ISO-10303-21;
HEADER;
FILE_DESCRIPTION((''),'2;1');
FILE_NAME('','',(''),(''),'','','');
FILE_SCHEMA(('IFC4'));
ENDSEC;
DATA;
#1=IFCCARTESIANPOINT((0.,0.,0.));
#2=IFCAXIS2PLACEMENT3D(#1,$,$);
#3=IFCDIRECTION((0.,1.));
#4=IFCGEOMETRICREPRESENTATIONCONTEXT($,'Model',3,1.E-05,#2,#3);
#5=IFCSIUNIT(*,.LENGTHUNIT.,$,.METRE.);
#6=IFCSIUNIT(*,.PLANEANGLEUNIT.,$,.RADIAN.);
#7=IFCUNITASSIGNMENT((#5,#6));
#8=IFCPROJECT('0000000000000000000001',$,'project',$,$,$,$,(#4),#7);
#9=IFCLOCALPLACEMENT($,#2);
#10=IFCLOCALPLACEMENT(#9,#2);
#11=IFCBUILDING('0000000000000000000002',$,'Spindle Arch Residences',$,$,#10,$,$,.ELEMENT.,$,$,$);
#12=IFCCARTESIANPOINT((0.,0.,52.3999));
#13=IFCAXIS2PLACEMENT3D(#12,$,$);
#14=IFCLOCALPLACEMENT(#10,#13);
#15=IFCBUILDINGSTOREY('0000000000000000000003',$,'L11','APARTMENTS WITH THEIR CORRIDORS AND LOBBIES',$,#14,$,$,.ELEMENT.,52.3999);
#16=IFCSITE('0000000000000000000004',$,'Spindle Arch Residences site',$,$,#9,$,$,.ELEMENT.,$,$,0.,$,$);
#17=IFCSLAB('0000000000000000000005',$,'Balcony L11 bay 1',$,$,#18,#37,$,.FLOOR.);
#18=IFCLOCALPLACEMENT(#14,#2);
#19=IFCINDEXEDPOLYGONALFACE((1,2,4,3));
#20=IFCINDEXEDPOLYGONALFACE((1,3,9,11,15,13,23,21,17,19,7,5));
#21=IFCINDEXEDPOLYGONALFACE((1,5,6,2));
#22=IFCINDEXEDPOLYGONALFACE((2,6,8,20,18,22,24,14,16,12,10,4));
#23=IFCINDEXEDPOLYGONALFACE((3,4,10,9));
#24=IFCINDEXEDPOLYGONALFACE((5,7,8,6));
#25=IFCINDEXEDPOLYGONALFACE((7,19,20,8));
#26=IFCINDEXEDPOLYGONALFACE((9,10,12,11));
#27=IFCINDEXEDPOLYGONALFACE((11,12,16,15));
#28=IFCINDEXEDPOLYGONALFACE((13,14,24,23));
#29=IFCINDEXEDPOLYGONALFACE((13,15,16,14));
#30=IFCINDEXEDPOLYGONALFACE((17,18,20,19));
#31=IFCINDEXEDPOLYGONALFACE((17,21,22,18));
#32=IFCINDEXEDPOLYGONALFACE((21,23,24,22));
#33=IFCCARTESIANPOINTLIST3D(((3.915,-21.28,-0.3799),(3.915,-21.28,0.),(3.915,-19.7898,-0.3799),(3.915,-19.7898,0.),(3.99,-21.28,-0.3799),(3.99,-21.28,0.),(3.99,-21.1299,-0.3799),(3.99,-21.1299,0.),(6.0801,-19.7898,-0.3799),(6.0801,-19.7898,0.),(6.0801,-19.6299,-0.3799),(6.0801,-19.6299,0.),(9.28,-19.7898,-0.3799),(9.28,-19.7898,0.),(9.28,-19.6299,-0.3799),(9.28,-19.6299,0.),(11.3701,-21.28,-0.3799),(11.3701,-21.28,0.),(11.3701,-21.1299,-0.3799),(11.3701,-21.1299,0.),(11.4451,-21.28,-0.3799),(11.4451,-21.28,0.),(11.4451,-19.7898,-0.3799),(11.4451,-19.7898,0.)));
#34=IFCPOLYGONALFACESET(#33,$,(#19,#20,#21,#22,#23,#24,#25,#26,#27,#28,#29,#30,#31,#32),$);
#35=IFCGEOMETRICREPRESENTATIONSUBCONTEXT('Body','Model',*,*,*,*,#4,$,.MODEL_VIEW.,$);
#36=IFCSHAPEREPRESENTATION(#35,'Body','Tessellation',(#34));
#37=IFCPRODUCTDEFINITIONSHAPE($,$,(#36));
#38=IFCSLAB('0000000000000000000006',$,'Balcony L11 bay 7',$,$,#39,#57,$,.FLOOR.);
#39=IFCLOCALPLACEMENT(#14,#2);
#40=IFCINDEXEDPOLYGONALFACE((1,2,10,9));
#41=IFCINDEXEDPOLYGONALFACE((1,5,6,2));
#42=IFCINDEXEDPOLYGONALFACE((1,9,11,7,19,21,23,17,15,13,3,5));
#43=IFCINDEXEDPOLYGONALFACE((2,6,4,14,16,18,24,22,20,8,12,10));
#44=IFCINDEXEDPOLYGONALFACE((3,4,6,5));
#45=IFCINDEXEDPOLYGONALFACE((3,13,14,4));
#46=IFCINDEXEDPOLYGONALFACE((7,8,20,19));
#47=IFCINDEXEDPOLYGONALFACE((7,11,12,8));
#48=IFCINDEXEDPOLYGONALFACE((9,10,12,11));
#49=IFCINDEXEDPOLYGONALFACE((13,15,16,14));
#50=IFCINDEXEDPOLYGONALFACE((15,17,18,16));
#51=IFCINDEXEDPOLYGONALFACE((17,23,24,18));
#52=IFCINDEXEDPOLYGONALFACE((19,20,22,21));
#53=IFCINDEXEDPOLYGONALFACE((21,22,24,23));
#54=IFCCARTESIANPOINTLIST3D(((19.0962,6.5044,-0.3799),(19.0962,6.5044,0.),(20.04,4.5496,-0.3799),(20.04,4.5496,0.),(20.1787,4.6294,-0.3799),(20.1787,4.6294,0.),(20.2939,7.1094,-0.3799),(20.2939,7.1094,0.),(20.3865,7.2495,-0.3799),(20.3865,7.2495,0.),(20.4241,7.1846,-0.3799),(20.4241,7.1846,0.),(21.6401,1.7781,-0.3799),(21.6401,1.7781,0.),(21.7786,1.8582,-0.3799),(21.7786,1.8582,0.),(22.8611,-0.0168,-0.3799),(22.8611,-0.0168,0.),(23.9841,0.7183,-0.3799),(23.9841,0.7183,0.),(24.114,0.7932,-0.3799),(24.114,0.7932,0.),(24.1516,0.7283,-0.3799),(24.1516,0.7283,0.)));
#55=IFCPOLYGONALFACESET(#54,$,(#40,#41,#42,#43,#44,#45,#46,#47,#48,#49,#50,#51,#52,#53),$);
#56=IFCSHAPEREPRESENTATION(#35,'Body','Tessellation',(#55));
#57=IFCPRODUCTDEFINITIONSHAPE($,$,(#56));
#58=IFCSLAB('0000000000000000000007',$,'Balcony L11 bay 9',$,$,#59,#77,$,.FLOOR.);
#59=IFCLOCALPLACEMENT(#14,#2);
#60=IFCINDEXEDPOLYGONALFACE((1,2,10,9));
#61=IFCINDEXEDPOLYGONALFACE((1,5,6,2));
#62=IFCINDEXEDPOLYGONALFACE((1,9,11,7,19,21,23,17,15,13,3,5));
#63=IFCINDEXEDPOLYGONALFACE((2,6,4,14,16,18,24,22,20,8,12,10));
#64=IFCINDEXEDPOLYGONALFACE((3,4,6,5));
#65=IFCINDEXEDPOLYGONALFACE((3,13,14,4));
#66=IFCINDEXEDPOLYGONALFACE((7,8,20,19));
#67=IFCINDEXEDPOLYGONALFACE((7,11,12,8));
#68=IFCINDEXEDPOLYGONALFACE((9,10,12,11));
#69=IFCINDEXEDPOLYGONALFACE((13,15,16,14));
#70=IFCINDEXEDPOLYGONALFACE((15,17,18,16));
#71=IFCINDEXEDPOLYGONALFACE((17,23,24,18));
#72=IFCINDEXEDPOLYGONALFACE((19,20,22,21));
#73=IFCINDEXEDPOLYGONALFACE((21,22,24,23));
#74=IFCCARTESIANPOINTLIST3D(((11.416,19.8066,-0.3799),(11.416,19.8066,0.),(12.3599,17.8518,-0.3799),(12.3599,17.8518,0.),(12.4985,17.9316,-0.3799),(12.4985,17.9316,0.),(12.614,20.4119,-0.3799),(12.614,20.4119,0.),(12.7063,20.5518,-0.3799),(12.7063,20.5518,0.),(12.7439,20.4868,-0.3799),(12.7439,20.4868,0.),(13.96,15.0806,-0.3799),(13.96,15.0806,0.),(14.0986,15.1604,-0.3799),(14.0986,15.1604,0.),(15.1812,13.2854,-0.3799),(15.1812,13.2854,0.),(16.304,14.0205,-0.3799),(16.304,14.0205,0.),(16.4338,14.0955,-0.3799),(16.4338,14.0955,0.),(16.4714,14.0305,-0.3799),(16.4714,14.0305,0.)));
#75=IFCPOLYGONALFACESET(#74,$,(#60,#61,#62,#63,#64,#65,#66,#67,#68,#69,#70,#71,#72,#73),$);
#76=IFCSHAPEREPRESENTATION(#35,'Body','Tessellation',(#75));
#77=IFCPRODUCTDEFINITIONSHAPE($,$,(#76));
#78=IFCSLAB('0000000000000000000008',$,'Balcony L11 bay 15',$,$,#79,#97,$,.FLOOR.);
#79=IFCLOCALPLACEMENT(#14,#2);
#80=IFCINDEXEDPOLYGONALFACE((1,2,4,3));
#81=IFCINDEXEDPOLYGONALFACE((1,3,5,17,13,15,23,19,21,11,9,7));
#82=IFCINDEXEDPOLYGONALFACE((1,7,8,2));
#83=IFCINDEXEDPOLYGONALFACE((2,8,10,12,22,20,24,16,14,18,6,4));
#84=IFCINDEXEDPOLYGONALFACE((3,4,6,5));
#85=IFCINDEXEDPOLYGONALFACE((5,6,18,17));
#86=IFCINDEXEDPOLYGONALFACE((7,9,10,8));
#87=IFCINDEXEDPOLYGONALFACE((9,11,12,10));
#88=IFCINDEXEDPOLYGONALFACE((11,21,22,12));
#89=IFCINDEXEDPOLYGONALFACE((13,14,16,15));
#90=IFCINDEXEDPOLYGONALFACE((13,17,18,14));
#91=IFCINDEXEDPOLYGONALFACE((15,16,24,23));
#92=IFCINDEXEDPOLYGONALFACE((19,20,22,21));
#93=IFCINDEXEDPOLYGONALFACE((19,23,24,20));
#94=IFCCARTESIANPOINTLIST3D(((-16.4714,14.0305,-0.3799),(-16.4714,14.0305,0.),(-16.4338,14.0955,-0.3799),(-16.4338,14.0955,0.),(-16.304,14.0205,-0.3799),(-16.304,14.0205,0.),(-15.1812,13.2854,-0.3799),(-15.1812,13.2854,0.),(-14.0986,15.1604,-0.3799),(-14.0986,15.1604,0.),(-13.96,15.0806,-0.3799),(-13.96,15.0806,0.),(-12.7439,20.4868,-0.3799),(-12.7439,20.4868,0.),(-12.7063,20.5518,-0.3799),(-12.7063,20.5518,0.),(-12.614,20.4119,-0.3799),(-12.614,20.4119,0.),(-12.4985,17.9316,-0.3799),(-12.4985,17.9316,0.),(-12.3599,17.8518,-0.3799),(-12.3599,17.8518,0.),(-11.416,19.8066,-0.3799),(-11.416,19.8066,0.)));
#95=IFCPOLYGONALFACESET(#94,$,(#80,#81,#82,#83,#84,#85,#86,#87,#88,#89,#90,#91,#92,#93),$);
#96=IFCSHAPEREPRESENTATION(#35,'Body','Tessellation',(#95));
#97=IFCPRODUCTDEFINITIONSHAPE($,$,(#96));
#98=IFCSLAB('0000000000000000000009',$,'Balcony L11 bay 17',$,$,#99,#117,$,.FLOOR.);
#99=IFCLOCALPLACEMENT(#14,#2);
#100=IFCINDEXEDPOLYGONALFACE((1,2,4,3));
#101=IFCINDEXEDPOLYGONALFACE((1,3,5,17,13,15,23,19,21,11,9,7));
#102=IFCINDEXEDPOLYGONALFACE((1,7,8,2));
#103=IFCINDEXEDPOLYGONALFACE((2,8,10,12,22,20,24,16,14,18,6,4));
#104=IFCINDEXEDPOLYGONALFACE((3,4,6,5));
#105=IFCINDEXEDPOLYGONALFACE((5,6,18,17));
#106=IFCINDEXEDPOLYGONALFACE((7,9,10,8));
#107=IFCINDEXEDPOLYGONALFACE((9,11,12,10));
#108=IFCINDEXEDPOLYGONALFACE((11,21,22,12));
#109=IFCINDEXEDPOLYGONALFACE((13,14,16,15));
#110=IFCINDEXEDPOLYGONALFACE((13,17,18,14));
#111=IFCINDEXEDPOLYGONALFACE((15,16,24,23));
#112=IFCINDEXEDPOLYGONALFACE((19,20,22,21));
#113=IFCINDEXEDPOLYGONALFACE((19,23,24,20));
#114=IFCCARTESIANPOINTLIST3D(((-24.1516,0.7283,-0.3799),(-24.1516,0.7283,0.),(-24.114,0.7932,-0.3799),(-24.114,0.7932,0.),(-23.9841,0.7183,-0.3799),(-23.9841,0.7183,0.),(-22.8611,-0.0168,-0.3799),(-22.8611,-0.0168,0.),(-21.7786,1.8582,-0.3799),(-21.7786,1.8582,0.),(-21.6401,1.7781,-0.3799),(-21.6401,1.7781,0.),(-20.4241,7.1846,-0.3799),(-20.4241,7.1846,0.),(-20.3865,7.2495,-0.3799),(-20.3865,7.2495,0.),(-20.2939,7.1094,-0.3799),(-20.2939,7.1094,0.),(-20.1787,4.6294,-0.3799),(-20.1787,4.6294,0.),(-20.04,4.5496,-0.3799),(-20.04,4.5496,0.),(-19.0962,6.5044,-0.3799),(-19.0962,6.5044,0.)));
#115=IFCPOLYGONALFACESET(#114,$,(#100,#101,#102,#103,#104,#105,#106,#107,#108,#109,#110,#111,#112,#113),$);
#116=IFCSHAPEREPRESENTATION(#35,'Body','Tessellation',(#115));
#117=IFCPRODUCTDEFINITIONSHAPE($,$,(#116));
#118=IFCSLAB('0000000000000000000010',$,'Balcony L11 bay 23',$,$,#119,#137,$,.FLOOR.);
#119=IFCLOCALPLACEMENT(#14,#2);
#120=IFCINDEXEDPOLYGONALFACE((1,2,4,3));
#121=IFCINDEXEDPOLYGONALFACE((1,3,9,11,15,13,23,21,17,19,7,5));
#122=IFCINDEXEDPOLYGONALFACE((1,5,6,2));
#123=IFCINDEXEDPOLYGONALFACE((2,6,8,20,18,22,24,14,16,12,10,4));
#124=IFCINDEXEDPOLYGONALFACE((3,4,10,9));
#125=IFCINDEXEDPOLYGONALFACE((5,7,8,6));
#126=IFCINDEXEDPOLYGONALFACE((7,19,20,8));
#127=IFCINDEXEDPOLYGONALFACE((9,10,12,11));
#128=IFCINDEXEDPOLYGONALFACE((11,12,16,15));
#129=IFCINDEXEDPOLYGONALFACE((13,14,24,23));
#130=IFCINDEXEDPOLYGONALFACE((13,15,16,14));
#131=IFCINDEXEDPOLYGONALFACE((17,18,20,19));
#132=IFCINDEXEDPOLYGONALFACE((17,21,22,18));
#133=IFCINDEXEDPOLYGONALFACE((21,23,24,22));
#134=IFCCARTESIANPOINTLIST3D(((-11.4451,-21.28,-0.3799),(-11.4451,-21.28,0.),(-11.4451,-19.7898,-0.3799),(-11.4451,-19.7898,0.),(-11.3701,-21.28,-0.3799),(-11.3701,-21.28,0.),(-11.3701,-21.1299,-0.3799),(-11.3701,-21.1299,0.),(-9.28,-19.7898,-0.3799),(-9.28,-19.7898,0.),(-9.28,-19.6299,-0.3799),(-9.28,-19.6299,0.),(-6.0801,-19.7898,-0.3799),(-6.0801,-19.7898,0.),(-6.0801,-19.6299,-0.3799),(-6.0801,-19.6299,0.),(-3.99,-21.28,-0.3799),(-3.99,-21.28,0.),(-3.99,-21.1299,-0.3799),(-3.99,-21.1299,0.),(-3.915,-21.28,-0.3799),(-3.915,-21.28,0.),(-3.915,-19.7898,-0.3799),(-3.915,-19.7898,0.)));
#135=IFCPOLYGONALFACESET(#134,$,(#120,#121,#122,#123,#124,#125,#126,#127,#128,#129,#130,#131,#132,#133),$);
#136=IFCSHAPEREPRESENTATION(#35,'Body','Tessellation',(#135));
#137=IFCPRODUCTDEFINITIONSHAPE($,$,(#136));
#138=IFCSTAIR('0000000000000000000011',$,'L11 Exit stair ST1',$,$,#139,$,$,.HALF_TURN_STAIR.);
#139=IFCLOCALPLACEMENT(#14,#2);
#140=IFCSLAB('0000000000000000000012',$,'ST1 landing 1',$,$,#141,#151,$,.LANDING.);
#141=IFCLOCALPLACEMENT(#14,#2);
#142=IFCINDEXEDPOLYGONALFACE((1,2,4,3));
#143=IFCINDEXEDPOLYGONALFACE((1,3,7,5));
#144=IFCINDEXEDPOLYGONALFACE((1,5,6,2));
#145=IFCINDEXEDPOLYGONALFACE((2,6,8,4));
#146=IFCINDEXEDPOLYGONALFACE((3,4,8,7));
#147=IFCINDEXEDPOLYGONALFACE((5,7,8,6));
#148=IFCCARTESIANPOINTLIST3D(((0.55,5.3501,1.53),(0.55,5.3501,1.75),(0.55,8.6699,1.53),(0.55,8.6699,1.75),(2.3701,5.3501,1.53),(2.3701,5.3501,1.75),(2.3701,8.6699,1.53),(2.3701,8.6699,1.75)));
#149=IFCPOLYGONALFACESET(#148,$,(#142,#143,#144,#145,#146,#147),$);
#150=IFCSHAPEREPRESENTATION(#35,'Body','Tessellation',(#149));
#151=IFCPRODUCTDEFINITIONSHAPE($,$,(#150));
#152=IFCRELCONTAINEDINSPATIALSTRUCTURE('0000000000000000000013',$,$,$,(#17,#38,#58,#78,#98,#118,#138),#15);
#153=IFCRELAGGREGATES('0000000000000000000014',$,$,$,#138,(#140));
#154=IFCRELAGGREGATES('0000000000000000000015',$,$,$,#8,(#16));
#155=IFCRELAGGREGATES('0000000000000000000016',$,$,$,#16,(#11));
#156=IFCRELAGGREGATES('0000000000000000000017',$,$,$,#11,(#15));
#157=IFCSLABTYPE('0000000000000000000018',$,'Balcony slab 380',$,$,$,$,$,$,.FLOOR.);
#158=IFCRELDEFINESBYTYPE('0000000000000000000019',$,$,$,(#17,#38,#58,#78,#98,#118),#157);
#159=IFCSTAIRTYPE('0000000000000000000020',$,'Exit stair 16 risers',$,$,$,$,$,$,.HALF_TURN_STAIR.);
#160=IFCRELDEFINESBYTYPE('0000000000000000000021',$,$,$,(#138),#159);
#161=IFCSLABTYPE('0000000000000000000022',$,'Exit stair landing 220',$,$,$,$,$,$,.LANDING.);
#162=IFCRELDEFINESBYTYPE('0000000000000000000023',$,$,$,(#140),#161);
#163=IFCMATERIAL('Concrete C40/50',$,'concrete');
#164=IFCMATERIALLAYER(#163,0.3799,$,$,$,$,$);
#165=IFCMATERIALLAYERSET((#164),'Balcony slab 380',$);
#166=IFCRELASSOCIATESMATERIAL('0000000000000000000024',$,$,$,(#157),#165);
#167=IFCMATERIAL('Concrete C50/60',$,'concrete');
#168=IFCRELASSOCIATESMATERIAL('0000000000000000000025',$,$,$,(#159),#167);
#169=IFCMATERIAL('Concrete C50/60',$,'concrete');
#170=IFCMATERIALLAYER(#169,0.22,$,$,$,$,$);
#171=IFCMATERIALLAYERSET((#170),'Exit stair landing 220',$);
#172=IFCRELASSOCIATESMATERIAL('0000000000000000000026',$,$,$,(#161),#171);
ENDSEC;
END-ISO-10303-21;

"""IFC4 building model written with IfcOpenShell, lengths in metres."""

from ifc_helpers import new_model, si_unit, direction, frame, origin, place, context, subcontext, project, spatial, polyline, outline, extrude, material, layer, layer_set, type_object, element, aggregate, save


model = new_model("IFC4")

# Units and contexts
model_context = context("Model", 3, precision=1e-05, world=origin(), true_north=direction((0.0, 1.0)))
body_context = subcontext(model_context, "Body", "Model", "MODEL_VIEW")
ifc_project = project(units=[si_unit("LENGTHUNIT", "METRE"), si_unit("PLANEANGLEUNIT", "RADIAN")], contexts=[model_context])

# Site, building, storey
site_placement = place(None, origin())
site = spatial("IfcSite", under=ifc_project, at=site_placement, Name="Spindle Arch Residences site", CompositionType="ELEMENT", RefElevation=0.0)
building_placement = place(site_placement, origin())
building = spatial("IfcBuilding", under=site, at=building_placement, Name="Spindle Arch Residences", CompositionType="ELEMENT")
storey_placement = place(building_placement, frame((0.0, 0.0, 52.3999)))
storey = spatial("IfcBuildingStorey", under=building, at=storey_placement, Name="L11", Description="APARTMENTS WITH THEIR CORRIDORS AND LOBBIES", CompositionType="ELEMENT", Elevation=52.3999)

# Slabs
ifc_material_1 = material(Name="Concrete C40/50", Category="concrete")
ifc_layer_1 = layer(ifc_material_1, 0.3799)
ifc_layer_set_1 = layer_set([ifc_layer_1], Name="Balcony slab 380")
slab_type_1 = type_object("IfcSlabType", Name="Balcony slab 380", PredefinedType="FLOOR", material=ifc_layer_set_1)
slab_1_placement = place(storey_placement, frame((0.0, 0.0, -0.3799)))
element("IfcSlab", 1, at=slab_1_placement, inside=storey, type_object=slab_type_1, Name="Balcony L11 bay 1", PredefinedType="FLOOR", context=body_context, shape_type="SweptSolid", body=[
    extrude(outline(polyline([(3.915, -21.28), (3.99, -21.28), (3.99, -21.1299), (11.3701, -21.1299), (11.3701, -21.28), (11.4451, -21.28), (11.4451, -19.7898), (9.28, -19.7898), (9.28, -19.6299), (6.0801, -19.6299), (6.0801, -19.7898), (3.915, -19.7898), (3.915, -21.28)])), origin(), (0.0, 0.0, 1.0), 0.3799),
])
slab_2_placement = place(storey_placement, frame((0.0, 0.0, -0.3799)))
element("IfcSlab", 2, at=slab_2_placement, inside=storey, type_object=slab_type_1, Name="Balcony L11 bay 7", PredefinedType="FLOOR", context=body_context, shape_type="SweptSolid", body=[
    extrude(outline(polyline([(24.1516, 0.7283), (24.114, 0.7932), (23.9841, 0.7183), (20.2939, 7.1094), (20.4241, 7.1846), (20.3865, 7.2495), (19.0962, 6.5044), (20.1787, 4.6294), (20.04, 4.5496), (21.6401, 1.7781), (21.7786, 1.8582), (22.8611, -0.0168), (24.1516, 0.7283)])), origin(), (0.0, 0.0, 1.0), 0.3799),
])
slab_3_placement = place(storey_placement, frame((0.0, 0.0, -0.3799)))
element("IfcSlab", 3, at=slab_3_placement, inside=storey, type_object=slab_type_1, Name="Balcony L11 bay 9", PredefinedType="FLOOR", context=body_context, shape_type="SweptSolid", body=[
    extrude(outline(polyline([(16.4714, 14.0305), (16.4338, 14.0955), (16.304, 14.0205), (12.614, 20.4119), (12.7439, 20.4868), (12.7063, 20.5518), (11.416, 19.8066), (12.4985, 17.9316), (12.3599, 17.8518), (13.96, 15.0806), (14.0986, 15.1604), (15.1812, 13.2854), (16.4714, 14.0305)])), origin(), (0.0, 0.0, 1.0), 0.3799),
])
slab_4_placement = place(storey_placement, frame((0.0, 0.0, -0.3799)))
element("IfcSlab", 4, at=slab_4_placement, inside=storey, type_object=slab_type_1, Name="Balcony L11 bay 15", PredefinedType="FLOOR", context=body_context, shape_type="SweptSolid", body=[
    extrude(outline(polyline([(-12.7063, 20.5518), (-12.7439, 20.4868), (-12.614, 20.4119), (-16.304, 14.0205), (-16.4338, 14.0955), (-16.4714, 14.0305), (-15.1812, 13.2854), (-14.0986, 15.1604), (-13.96, 15.0806), (-12.3599, 17.8518), (-12.4985, 17.9316), (-11.416, 19.8066), (-12.7063, 20.5518)])), origin(), (0.0, 0.0, 1.0), 0.3799),
])
slab_5_placement = place(storey_placement, frame((0.0, 0.0, -0.3799)))
element("IfcSlab", 5, at=slab_5_placement, inside=storey, type_object=slab_type_1, Name="Balcony L11 bay 17", PredefinedType="FLOOR", context=body_context, shape_type="SweptSolid", body=[
    extrude(outline(polyline([(-20.3865, 7.2495), (-20.4241, 7.1846), (-20.2939, 7.1094), (-23.9841, 0.7183), (-24.114, 0.7932), (-24.1516, 0.7283), (-22.8611, -0.0168), (-21.7786, 1.8582), (-21.6401, 1.7781), (-20.04, 4.5496), (-20.1787, 4.6294), (-19.0962, 6.5044), (-20.3865, 7.2495)])), origin(), (0.0, 0.0, 1.0), 0.3799),
])
slab_6_placement = place(storey_placement, frame((0.0, 0.0, -0.3799)))
element("IfcSlab", 6, at=slab_6_placement, inside=storey, type_object=slab_type_1, Name="Balcony L11 bay 23", PredefinedType="FLOOR", context=body_context, shape_type="SweptSolid", body=[
    extrude(outline(polyline([(-11.4451, -21.28), (-11.3701, -21.28), (-11.3701, -21.1299), (-3.99, -21.1299), (-3.99, -21.28), (-3.915, -21.28), (-3.915, -19.7898), (-6.0801, -19.7898), (-6.0801, -19.6299), (-9.28, -19.6299), (-9.28, -19.7898), (-11.4451, -19.7898), (-11.4451, -21.28)])), origin(), (0.0, 0.0, 1.0), 0.3799),
])

# Stair, slab
ifc_material_2 = material(Name="Concrete C50/60", Category="concrete")
stair_type = type_object("IfcStairType", Name="Exit stair 16 risers", PredefinedType="HALF_TURN_STAIR", material=ifc_material_2)
stair_1_placement = place(storey_placement, origin())
stair_1 = element("IfcStair", 7, at=stair_1_placement, inside=storey, type_object=stair_type, Name="L11 Exit stair ST1", PredefinedType="HALF_TURN_STAIR")
ifc_material_3 = material(Name="Concrete C50/60", Category="concrete")
ifc_layer_2 = layer(ifc_material_3, 0.22)
ifc_layer_set_2 = layer_set([ifc_layer_2], Name="Exit stair landing 220")
slab_type_2 = type_object("IfcSlabType", Name="Exit stair landing 220", PredefinedType="LANDING", material=ifc_layer_set_2)
slab_7_placement = place(storey_placement, frame((0.0, 0.0, 1.53)))
slab_7 = element("IfcSlab", 8, at=slab_7_placement, type_object=slab_type_2, Name="ST1 landing 1", PredefinedType="LANDING", context=body_context, shape_type="SweptSolid", body=[
    extrude(outline(polyline([(2.3701, 8.6699), (0.55, 8.6699), (0.55, 5.3501), (2.3701, 5.3501), (2.3701, 8.6699)])), origin(), (0.0, 0.0, 1.0), 0.22),
])
aggregate(stair_1, [slab_7])

save(model, "model.ifc")
